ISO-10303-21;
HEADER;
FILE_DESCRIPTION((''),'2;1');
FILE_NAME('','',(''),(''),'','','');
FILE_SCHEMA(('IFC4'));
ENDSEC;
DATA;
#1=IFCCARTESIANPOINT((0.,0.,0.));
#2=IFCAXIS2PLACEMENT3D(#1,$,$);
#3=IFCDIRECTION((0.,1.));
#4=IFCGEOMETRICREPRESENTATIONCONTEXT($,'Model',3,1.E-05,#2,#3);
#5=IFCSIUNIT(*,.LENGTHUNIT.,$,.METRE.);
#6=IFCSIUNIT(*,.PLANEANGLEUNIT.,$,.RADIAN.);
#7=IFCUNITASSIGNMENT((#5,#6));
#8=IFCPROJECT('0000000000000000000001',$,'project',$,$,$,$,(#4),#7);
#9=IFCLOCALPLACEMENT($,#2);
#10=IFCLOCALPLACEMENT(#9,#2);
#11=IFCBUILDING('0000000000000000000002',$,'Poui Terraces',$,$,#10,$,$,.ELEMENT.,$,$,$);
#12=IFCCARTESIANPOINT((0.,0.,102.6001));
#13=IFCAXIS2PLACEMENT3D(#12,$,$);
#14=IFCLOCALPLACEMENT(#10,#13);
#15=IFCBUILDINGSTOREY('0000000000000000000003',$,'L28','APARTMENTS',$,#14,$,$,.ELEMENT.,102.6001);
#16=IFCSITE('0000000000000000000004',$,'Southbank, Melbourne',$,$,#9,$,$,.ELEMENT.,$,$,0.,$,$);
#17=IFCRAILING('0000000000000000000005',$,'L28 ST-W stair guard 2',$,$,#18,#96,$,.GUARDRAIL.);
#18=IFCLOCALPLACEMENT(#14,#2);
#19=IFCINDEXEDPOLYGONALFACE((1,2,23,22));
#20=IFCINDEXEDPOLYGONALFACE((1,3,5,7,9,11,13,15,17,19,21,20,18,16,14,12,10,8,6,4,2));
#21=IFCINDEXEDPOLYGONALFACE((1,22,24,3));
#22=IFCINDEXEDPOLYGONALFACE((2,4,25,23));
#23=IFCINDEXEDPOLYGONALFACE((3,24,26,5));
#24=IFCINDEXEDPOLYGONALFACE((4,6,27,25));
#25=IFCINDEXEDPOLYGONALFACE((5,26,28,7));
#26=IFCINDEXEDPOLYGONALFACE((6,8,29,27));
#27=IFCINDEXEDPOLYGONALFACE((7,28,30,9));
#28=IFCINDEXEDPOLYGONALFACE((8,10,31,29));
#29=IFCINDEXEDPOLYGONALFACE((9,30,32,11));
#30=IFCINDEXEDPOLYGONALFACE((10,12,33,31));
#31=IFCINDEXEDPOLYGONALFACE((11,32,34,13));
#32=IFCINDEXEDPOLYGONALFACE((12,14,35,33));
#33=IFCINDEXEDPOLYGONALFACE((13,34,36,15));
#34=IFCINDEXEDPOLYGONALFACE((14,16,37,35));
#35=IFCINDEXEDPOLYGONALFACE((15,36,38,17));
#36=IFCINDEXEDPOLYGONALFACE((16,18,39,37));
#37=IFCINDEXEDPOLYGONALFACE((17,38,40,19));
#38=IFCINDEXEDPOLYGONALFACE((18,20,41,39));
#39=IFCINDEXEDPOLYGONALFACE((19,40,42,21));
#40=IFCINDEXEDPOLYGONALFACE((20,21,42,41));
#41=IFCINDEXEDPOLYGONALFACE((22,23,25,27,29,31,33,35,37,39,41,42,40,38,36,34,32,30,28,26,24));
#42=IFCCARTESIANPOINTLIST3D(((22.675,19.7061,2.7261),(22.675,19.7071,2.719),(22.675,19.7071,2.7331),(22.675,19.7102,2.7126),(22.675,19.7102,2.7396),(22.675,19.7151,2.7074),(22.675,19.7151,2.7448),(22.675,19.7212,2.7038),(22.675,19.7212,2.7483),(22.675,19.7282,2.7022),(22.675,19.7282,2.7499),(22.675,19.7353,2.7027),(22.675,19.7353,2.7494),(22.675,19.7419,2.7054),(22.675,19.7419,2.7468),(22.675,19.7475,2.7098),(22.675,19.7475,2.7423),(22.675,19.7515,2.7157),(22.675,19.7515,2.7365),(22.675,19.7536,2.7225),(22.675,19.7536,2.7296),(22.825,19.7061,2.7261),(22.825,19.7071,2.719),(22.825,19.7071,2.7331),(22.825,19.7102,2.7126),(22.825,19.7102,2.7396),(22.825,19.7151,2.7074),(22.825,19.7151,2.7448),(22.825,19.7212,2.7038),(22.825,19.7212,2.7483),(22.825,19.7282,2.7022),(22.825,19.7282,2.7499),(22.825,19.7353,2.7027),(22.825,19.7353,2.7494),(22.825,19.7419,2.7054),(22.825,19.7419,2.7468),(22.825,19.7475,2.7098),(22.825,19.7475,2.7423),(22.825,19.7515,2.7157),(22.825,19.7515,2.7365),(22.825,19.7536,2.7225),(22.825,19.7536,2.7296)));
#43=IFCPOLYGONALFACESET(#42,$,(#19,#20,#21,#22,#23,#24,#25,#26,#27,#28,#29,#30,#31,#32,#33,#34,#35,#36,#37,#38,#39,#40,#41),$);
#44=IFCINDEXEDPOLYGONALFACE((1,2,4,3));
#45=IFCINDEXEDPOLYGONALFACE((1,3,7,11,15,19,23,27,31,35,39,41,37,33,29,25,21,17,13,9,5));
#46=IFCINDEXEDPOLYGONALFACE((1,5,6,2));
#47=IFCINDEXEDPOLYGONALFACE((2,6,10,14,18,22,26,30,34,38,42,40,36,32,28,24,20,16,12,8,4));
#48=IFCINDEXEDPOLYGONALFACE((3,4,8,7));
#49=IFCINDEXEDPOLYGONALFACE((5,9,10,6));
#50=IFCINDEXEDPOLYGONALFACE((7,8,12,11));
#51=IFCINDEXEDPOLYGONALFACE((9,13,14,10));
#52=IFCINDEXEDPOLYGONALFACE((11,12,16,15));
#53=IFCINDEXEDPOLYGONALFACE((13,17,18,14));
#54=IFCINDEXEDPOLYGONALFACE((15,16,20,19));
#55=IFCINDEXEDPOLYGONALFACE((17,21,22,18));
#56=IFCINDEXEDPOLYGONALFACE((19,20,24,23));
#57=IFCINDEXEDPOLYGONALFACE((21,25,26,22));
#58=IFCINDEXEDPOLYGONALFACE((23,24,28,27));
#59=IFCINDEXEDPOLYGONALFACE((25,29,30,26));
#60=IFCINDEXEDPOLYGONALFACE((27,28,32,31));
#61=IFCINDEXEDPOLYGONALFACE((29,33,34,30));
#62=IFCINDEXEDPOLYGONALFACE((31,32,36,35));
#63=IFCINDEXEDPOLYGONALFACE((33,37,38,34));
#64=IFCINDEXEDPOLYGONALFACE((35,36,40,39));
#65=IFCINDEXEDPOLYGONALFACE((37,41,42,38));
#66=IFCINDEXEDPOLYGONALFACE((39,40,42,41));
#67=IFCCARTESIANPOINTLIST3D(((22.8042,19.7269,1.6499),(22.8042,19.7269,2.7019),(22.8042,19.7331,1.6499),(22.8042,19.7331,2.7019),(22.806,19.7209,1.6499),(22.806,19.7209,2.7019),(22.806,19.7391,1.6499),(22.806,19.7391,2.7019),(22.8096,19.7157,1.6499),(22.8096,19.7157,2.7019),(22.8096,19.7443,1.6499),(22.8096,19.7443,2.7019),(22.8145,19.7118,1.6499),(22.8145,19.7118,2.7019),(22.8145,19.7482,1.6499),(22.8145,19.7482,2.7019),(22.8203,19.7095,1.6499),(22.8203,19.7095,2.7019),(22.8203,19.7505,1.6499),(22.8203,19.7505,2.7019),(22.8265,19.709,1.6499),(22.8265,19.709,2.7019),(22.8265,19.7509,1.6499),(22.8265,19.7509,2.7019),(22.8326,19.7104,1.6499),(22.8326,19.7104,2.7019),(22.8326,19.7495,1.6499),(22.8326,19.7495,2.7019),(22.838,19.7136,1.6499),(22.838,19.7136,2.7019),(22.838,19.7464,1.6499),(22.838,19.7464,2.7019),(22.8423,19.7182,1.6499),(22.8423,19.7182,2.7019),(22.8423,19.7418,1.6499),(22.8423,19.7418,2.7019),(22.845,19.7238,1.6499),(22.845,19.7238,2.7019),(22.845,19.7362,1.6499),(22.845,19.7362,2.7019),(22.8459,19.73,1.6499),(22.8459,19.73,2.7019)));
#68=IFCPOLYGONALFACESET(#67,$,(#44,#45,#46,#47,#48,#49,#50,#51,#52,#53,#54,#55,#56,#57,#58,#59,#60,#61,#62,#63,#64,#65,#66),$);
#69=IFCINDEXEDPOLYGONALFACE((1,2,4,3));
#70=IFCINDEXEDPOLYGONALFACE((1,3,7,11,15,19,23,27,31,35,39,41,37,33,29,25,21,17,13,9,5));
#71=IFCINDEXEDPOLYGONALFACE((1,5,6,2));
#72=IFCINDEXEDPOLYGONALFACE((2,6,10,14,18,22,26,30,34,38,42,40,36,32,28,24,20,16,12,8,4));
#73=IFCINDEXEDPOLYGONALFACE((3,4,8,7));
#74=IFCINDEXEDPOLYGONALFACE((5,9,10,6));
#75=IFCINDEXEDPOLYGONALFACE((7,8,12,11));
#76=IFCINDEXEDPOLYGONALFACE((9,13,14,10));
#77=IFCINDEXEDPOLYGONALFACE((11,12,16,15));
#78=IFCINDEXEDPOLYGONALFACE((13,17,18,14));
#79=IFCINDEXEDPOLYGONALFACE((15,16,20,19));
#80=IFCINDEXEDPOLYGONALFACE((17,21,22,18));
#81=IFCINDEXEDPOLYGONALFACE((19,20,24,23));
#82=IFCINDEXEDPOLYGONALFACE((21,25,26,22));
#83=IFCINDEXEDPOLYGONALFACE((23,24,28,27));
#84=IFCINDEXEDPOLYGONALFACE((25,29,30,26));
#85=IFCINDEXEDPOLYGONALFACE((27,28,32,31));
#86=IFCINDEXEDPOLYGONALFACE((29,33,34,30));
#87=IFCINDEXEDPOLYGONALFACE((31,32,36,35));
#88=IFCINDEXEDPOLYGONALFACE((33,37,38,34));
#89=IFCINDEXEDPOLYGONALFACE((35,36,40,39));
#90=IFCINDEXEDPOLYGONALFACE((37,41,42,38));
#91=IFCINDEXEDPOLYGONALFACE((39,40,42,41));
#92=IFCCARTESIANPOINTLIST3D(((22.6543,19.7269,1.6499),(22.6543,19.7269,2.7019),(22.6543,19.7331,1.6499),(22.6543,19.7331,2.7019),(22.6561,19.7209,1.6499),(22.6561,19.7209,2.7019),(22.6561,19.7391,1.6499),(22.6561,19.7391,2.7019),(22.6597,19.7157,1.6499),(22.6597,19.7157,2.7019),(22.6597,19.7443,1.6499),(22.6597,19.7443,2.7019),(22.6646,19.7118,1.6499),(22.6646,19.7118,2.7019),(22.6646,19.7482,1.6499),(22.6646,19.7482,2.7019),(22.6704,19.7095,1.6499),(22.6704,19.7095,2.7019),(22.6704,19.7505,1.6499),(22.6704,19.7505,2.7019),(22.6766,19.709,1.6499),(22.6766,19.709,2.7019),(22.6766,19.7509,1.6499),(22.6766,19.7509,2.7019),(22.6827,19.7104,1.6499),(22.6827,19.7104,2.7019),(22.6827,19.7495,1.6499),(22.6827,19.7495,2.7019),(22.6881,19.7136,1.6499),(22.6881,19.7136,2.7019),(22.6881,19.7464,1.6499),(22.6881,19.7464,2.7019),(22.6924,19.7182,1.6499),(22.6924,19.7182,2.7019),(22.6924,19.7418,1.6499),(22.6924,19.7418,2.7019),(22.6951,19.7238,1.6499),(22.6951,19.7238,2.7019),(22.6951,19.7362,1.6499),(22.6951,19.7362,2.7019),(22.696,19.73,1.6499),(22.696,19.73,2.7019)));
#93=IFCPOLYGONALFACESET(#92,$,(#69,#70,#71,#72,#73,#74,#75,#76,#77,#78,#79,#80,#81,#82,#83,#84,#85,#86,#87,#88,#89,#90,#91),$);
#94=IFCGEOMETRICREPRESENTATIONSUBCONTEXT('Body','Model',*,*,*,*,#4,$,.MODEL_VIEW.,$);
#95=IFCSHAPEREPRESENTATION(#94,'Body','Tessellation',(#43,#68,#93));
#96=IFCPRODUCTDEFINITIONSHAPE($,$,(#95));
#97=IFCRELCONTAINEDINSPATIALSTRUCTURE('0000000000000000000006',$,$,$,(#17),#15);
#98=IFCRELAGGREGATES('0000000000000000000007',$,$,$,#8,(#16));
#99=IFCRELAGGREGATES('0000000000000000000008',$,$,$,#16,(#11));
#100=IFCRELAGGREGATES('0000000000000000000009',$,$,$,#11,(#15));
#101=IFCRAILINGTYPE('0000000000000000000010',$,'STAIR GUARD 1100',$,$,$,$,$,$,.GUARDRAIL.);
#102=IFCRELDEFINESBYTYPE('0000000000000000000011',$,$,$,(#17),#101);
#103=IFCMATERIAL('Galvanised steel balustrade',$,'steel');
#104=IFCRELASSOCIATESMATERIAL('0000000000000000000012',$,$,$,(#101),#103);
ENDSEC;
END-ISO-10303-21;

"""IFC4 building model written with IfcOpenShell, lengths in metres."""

from ifc_helpers import new_model, si_unit, direction, frame, origin, origin_2d, place, context, subcontext, project, spatial, circle, extrude, material, type_object, element, save


model = new_model("IFC4")

# Units and contexts
model_context = context("Model", 3, precision=1e-05, world=origin(), true_north=direction((0.0, 1.0)))
body_context = subcontext(model_context, "Body", "Model", "MODEL_VIEW")
ifc_project = project(units=[si_unit("LENGTHUNIT", "METRE"), si_unit("PLANEANGLEUNIT", "RADIAN")], contexts=[model_context])

# Site, building, storey
site_placement = place(None, origin())
site = spatial("IfcSite", under=ifc_project, at=site_placement, Name="Southbank, Melbourne", CompositionType="ELEMENT", RefElevation=0.0)
building_placement = place(site_placement, origin())
building = spatial("IfcBuilding", under=site, at=building_placement, Name="Poui Terraces", CompositionType="ELEMENT")
storey_placement = place(building_placement, frame((0.0, 0.0, 102.6001)))
storey = spatial("IfcBuildingStorey", under=building, at=storey_placement, Name="L28", Description="APARTMENTS", CompositionType="ELEMENT", Elevation=102.6001)

# Railing
ifc_material_1 = material(Name="Galvanised steel balustrade", Category="steel")
railing_type_1 = type_object("IfcRailingType", Name="STAIR GUARD 1100", PredefinedType="GUARDRAIL", material=ifc_material_1)
railing_1_placement = place(storey_placement, frame((22.825, 19.73, 1.6499)))
element("IfcRailing", 1, at=railing_1_placement, inside=storey, type_object=railing_type_1, Name="L28 ST-W stair guard 2", PredefinedType="GUARDRAIL", context=body_context, shape_type="SweptSolid", body=[
    extrude(circle(Radius=0.0239, at=origin_2d()), frame((0.0, 0.0, 1.0762), z_axis=(-1.0, 0.0, 0.0), x_axis=(0.0, -1.0, 0.0)), (0.0, 0.0, 1.0), 0.1499),
    extrude(circle(Radius=0.021, at=origin_2d()), origin(), (0.0, 0.0, 1.0), 1.052),
    extrude(circle(Radius=0.021, at=origin_2d()), frame((-0.1499, 0.0, 0.0)), (0.0, 0.0, 1.0), 1.052),
])

save(model, "model.ifc")
